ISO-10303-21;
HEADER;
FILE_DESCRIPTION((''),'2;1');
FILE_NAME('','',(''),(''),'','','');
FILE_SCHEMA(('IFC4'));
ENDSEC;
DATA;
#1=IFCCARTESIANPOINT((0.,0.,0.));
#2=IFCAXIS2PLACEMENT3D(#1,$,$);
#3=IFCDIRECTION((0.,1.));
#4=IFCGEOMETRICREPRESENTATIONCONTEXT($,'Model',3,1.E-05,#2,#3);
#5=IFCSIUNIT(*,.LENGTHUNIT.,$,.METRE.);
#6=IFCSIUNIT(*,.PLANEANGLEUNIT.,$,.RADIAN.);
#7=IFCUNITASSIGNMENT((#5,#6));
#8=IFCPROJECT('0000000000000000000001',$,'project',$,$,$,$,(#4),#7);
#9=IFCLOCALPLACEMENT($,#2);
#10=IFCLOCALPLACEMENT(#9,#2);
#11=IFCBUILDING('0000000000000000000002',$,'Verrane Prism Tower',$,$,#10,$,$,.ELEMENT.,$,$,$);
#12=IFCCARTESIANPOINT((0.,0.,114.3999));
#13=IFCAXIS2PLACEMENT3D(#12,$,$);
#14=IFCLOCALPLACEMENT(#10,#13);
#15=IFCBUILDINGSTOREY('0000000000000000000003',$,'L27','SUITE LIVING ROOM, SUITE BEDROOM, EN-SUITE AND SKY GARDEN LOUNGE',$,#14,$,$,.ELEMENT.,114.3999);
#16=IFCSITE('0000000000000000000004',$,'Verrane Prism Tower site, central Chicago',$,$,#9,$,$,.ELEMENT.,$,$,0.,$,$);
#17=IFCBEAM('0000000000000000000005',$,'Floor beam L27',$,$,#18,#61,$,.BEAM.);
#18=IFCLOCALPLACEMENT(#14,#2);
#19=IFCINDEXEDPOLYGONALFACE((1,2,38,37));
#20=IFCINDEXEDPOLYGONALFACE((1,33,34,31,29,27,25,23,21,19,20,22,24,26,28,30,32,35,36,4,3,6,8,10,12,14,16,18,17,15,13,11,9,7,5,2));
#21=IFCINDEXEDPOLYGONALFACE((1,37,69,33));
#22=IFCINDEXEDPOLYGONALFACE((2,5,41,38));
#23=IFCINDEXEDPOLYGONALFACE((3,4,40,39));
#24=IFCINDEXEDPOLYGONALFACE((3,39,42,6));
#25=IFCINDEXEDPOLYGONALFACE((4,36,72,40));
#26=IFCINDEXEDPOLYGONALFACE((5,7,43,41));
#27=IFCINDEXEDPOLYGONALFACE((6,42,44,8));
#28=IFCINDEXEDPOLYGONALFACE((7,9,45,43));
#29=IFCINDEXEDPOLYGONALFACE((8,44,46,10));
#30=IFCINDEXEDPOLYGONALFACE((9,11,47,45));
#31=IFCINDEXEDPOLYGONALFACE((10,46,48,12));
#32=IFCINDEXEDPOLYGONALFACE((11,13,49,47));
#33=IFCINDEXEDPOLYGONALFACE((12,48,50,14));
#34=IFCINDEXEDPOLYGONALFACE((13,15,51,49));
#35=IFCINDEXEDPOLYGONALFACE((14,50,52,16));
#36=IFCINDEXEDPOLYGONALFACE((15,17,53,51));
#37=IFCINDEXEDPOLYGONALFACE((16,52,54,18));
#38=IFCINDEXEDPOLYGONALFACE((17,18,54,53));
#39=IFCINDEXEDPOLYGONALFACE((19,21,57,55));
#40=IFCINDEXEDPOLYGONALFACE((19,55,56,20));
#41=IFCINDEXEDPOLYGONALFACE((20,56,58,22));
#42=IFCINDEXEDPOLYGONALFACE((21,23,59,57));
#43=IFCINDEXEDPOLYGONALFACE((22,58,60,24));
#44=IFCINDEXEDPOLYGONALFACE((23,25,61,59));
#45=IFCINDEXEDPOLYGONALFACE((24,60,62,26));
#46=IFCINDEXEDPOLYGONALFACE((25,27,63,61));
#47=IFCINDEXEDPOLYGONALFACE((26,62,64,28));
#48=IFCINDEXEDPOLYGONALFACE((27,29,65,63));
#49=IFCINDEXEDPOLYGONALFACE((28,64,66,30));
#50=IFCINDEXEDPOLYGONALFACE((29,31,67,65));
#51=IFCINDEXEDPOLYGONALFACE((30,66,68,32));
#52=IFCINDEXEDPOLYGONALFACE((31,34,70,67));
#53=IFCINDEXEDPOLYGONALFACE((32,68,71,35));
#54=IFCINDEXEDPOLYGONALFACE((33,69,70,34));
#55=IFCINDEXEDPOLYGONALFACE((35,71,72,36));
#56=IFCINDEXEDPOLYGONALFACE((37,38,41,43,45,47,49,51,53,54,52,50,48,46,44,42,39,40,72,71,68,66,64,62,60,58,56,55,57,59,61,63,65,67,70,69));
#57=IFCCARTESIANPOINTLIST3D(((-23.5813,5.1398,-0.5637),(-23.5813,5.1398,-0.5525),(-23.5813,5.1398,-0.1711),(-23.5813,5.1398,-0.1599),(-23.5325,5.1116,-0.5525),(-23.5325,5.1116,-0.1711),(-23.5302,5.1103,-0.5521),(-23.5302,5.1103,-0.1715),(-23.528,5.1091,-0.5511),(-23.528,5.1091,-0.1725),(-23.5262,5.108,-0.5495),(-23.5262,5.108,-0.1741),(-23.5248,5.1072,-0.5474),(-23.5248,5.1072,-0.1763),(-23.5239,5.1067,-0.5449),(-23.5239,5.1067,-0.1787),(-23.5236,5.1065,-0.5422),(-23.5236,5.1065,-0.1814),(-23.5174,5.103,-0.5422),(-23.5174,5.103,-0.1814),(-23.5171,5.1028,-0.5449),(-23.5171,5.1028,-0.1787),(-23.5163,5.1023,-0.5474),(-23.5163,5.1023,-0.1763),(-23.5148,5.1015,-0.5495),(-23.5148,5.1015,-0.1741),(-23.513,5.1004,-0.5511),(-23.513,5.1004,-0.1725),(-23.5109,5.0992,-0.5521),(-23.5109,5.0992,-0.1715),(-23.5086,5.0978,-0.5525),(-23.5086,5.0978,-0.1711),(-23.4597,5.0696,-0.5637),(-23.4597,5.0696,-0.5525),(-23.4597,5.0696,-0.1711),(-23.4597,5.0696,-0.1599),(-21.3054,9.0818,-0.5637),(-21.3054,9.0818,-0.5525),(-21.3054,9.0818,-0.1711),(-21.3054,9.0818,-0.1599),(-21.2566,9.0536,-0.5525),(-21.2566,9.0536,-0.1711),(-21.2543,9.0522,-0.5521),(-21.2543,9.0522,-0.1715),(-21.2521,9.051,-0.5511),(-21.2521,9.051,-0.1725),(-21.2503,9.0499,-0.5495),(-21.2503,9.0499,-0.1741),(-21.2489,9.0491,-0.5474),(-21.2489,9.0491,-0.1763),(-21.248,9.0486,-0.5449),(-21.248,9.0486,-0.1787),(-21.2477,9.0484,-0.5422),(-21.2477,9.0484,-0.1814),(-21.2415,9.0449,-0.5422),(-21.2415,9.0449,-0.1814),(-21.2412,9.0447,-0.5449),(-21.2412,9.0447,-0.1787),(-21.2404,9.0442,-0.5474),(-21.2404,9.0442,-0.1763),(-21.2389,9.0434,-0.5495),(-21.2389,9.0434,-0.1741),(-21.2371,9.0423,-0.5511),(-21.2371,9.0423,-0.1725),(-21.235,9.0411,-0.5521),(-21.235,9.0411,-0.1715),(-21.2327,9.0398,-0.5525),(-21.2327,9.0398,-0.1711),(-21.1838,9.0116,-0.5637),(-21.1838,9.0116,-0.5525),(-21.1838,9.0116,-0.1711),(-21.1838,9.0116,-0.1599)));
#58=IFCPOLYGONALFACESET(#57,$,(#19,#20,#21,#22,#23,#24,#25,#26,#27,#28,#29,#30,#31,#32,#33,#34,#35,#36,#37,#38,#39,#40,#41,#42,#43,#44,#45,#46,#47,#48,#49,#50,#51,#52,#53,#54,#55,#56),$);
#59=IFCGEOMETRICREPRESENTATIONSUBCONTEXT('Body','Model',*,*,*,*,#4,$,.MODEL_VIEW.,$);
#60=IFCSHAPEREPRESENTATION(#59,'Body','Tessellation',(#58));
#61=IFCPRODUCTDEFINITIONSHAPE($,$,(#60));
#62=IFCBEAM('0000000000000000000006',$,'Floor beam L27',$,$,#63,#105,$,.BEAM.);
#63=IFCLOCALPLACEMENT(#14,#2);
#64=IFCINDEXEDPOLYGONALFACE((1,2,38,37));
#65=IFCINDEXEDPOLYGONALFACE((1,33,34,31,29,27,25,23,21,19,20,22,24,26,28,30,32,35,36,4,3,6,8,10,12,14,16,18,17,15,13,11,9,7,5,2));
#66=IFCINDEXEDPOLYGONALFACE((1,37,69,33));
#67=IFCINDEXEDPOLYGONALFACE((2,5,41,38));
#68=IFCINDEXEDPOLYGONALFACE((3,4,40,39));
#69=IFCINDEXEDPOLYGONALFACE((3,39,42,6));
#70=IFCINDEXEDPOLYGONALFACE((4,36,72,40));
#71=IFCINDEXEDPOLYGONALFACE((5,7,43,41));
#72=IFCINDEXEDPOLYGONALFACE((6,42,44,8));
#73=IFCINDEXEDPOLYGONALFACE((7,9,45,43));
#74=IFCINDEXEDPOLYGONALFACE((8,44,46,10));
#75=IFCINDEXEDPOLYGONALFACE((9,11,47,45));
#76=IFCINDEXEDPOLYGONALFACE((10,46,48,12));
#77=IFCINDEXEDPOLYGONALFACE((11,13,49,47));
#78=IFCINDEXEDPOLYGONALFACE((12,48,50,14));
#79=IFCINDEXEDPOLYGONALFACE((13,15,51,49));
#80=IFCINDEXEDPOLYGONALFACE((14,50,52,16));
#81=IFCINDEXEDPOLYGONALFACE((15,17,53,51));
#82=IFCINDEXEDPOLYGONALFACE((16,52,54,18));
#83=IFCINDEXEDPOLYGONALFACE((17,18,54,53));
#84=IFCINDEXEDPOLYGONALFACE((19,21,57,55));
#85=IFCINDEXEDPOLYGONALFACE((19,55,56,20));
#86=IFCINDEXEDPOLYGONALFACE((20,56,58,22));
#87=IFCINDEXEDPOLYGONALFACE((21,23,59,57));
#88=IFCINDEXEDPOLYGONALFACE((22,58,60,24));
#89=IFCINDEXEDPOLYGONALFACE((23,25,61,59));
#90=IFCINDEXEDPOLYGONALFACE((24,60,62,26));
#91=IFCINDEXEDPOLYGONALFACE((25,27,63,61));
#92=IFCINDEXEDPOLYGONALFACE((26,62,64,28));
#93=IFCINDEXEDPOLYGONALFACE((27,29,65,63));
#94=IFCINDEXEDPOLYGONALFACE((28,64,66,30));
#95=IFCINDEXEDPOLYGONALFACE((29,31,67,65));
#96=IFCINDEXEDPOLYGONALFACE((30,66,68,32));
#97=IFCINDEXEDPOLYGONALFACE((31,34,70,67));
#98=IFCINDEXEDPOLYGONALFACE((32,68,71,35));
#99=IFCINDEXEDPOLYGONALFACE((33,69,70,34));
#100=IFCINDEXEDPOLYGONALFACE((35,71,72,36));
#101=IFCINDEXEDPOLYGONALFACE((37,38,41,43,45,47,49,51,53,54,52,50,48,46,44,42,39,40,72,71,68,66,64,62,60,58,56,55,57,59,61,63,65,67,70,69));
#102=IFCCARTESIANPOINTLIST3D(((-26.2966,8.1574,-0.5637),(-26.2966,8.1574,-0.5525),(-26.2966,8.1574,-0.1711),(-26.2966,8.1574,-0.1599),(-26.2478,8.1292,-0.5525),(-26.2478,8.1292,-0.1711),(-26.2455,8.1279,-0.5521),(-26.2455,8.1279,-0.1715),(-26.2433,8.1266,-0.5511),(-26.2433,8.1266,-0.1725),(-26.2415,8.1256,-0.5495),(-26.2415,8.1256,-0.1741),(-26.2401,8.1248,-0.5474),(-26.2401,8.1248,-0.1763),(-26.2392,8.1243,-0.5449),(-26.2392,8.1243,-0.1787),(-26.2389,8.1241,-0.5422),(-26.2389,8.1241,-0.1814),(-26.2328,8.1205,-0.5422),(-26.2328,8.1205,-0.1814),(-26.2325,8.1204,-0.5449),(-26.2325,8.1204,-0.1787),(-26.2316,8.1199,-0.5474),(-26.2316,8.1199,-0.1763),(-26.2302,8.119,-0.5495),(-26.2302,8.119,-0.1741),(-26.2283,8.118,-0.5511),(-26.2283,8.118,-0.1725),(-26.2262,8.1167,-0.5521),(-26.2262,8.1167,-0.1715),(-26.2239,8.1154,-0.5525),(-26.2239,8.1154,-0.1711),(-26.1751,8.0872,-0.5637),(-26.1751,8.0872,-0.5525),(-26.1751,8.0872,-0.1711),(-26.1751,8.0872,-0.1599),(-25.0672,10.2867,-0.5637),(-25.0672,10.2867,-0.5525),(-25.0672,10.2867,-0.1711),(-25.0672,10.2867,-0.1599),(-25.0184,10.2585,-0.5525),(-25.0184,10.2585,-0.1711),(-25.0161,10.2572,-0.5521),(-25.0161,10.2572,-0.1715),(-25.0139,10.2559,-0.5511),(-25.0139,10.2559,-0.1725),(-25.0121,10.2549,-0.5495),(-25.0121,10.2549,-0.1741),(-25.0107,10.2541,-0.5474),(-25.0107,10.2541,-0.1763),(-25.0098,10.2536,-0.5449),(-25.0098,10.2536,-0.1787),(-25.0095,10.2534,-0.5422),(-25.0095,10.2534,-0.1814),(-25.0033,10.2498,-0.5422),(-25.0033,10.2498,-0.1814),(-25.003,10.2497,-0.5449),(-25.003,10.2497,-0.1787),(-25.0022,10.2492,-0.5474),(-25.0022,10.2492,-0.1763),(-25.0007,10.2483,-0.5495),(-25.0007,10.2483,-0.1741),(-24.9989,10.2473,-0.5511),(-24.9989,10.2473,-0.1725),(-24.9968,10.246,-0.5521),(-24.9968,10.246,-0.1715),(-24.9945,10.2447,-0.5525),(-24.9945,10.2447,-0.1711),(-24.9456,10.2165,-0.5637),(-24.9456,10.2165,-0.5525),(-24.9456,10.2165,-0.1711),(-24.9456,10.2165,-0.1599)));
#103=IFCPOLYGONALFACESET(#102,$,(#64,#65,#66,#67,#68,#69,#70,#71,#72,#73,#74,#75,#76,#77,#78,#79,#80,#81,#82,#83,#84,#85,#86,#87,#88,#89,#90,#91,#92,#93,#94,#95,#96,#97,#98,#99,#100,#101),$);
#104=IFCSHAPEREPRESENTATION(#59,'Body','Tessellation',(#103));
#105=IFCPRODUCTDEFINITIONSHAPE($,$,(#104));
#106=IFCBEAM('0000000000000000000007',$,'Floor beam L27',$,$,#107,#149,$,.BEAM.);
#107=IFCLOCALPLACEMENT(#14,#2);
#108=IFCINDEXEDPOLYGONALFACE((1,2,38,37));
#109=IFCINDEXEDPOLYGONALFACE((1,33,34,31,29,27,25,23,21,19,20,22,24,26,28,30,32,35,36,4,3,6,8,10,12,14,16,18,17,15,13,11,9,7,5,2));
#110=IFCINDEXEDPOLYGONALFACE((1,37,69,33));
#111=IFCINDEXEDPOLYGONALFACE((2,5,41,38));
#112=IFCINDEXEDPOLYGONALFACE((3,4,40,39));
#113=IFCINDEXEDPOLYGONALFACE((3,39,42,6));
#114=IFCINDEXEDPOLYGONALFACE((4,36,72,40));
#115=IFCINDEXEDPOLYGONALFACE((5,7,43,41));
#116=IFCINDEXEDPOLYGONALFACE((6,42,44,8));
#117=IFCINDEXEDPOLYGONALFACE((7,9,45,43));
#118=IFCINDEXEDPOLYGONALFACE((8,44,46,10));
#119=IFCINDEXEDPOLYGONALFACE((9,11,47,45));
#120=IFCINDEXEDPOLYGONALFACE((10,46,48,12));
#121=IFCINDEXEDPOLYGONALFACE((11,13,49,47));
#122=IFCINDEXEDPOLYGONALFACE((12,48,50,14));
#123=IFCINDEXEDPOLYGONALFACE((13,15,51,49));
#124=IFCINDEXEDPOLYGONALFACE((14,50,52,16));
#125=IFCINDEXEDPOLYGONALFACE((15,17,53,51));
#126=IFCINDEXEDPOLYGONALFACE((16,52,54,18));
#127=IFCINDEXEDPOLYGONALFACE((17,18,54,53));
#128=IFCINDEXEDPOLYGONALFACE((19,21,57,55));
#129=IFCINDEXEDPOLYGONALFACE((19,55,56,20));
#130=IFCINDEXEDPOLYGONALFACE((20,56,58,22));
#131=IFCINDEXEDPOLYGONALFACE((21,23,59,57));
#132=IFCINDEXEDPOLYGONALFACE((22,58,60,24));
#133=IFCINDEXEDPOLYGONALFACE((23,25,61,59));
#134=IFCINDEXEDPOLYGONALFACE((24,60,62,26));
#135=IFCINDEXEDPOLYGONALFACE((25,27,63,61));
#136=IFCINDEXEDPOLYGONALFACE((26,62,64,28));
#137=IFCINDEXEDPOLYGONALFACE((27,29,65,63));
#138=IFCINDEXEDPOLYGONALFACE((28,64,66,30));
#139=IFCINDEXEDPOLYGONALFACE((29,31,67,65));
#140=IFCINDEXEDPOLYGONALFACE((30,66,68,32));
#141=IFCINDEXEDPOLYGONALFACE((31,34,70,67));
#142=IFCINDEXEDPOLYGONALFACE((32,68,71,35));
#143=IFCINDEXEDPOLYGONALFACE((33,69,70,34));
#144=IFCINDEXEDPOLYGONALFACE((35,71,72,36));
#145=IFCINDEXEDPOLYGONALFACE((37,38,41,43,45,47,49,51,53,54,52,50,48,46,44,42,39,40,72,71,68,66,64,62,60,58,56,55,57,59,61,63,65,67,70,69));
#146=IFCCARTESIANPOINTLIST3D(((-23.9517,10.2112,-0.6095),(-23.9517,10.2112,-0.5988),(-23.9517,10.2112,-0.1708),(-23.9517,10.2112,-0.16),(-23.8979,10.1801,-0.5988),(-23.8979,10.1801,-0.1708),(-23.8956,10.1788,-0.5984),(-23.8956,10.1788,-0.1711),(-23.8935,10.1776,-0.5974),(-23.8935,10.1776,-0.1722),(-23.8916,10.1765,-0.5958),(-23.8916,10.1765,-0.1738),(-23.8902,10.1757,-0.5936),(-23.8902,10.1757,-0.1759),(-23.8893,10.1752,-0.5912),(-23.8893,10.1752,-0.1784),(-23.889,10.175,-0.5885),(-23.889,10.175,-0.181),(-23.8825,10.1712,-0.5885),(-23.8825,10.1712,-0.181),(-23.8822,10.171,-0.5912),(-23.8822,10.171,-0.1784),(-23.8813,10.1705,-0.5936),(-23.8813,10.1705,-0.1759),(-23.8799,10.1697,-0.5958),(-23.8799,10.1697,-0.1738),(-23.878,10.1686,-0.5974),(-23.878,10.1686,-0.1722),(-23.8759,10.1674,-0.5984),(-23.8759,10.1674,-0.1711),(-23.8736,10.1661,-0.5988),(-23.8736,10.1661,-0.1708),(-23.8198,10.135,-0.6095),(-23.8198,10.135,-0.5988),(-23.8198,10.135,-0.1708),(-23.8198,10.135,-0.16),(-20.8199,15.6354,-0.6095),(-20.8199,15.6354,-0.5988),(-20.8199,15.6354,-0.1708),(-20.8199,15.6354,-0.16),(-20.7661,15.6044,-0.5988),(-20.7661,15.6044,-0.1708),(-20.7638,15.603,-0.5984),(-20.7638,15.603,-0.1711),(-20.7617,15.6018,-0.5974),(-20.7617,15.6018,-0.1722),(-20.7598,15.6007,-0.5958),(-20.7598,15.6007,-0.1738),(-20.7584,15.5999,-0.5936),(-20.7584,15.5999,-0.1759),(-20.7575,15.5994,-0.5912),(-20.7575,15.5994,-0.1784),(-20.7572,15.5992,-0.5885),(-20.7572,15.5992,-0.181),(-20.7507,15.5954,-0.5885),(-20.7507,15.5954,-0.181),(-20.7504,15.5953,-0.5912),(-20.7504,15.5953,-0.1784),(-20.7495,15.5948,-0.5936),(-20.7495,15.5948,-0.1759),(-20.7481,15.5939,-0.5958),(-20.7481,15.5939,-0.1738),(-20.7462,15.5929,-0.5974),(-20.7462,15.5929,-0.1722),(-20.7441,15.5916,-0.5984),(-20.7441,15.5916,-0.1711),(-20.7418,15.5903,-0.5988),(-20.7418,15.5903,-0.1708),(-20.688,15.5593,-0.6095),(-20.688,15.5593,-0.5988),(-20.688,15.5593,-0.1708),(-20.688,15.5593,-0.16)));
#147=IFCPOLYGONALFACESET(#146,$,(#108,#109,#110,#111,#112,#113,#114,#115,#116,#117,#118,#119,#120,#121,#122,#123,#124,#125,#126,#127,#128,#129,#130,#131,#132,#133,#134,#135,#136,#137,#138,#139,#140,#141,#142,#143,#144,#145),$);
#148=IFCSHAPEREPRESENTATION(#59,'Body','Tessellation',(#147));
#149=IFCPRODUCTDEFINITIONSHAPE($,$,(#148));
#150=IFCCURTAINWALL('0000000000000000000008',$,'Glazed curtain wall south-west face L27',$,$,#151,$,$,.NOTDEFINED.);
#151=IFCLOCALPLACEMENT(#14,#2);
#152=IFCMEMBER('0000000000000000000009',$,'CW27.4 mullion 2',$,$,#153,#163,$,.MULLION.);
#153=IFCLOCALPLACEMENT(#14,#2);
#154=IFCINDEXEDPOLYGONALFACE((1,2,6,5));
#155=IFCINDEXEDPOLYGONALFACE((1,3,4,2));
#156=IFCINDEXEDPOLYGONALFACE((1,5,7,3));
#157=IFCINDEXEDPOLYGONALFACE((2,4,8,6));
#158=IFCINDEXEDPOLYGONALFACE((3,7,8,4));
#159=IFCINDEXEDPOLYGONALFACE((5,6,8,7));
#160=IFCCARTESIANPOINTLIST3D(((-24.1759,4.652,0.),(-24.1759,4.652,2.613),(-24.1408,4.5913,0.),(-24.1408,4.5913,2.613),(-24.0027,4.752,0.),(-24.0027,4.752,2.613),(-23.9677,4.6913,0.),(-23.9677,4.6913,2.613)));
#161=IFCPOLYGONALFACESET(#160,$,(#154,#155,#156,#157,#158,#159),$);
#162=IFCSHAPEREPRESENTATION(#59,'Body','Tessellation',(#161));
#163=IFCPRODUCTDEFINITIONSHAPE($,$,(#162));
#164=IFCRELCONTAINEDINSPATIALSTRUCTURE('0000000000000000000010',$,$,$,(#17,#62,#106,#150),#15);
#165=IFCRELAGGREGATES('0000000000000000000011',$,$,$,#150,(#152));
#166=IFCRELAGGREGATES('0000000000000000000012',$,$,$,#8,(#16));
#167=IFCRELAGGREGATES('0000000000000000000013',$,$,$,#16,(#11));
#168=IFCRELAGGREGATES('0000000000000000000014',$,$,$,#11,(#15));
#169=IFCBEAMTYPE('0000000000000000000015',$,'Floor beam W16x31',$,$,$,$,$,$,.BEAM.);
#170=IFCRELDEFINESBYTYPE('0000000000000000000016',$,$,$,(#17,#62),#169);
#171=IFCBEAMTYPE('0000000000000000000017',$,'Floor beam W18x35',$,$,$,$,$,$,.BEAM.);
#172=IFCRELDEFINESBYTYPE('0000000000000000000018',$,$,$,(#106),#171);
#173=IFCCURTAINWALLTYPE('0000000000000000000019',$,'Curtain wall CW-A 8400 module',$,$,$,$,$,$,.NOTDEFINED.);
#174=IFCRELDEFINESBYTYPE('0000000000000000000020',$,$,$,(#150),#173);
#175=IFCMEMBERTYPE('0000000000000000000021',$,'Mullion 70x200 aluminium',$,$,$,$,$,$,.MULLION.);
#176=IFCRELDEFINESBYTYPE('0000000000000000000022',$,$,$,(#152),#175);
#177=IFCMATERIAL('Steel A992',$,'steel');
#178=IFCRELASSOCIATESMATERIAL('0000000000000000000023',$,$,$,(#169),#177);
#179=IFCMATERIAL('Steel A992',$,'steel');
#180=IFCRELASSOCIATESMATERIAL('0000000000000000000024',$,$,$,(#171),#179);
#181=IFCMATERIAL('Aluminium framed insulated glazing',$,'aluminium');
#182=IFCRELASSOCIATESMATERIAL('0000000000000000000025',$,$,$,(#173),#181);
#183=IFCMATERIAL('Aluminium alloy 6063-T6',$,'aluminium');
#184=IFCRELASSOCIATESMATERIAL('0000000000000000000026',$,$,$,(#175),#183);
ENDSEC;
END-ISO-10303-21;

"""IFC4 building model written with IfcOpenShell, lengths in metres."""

from ifc_helpers import new_model, si_unit, direction, frame, origin, origin_2d, place, context, subcontext, project, spatial, rectangle, i_section, extrude, material, material_profile, profile_set, type_object, element, aggregate, save


model = new_model("IFC4")

# Units and contexts
model_context = context("Model", 3, precision=1e-05, world=origin(), true_north=direction((0.0, 1.0)))
body_context = subcontext(model_context, "Body", "Model", "MODEL_VIEW")
ifc_project = project(units=[si_unit("LENGTHUNIT", "METRE"), si_unit("PLANEANGLEUNIT", "RADIAN")], contexts=[model_context])

# Site, building, storey
site_placement = place(None, origin())
site = spatial("IfcSite", under=ifc_project, at=site_placement, Name="Verrane Prism Tower site, central Chicago", CompositionType="ELEMENT", RefElevation=0.0)
building_placement = place(site_placement, origin())
building = spatial("IfcBuilding", under=site, at=building_placement, Name="Verrane Prism Tower", CompositionType="ELEMENT")
storey_placement = place(building_placement, frame((0.0, 0.0, 114.3999)))
storey = spatial("IfcBuildingStorey", under=building, at=storey_placement, Name="L27", Description="SUITE LIVING ROOM, SUITE BEDROOM, EN-SUITE AND SKY GARDEN LOUNGE", CompositionType="ELEMENT", Elevation=114.3999)

# Beams
ifc_material_1 = material(Name="Steel A992", Category="steel")
ifc_material_profile_1 = material_profile(ifc_material_1, i_section(OverallWidth=0.1404, OverallDepth=0.4038, WebThickness=0.0071, FlangeThickness=0.0112, FilletRadius=0.0103, at=origin_2d()), Name="W16x31")
ifc_profile_set_1 = profile_set([ifc_material_profile_1], Name="Steel A992")
beam_type_1 = type_object("IfcBeamType", Name="Floor beam W16x31", PredefinedType="BEAM", material=ifc_profile_set_1)
beam_1_placement = place(storey_placement, frame((-23.5205, 5.1047, -0.3618), z_axis=(0.500004, 0.866023, 0.0), x_axis=(-0.866023, 0.500004, 0.0)))
element("IfcBeam", 1, at=beam_1_placement, inside=storey, type_object=beam_type_1, Name="Floor beam L27", PredefinedType="BEAM", context=body_context, shape_type="SweptSolid", body=[
    extrude(i_section(OverallWidth=0.1404, OverallDepth=0.4038, WebThickness=0.0071, FlangeThickness=0.0112, FilletRadius=0.0103, at=origin_2d()), origin(), (0.0, 0.0, 1.0), 4.5518),
])
beam_2_placement = place(storey_placement, frame((-26.2358, 8.1223, -0.3618), z_axis=(0.500026, 0.86601, 0.0), x_axis=(-0.86601, 0.500026, 0.0)))
element("IfcBeam", 2, at=beam_2_placement, inside=storey, type_object=beam_type_1, Name="Floor beam L27", PredefinedType="BEAM", context=body_context, shape_type="SweptSolid", body=[
    extrude(i_section(OverallWidth=0.1404, OverallDepth=0.4038, WebThickness=0.0071, FlangeThickness=0.0112, FilletRadius=0.0103, at=origin_2d()), origin(), (0.0, 0.0, 1.0), 2.4587),
])
ifc_material_2 = material(Name="Steel A992", Category="steel")
ifc_material_profile_2 = material_profile(ifc_material_2, i_section(OverallWidth=0.1523, OverallDepth=0.4495, WebThickness=0.0076, FlangeThickness=0.0107, FilletRadius=0.0103, at=origin_2d()), Name="W18x35")
ifc_profile_set_2 = profile_set([ifc_material_profile_2], Name="Steel A992")
beam_type_2 = type_object("IfcBeamType", Name="Floor beam W18x35", PredefinedType="BEAM", material=ifc_profile_set_2)
beam_3_placement = place(storey_placement, frame((-23.8857, 10.1731, -0.3848), z_axis=(0.500013, 0.866018, 0.0), x_axis=(-0.866018, 0.500013, 0.0)))
element("IfcBeam", 3, at=beam_3_placement, inside=storey, type_object=beam_type_2, Name="Floor beam L27", PredefinedType="BEAM", context=body_context, shape_type="SweptSolid", body=[
    extrude(i_section(OverallWidth=0.1523, OverallDepth=0.4495, WebThickness=0.0076, FlangeThickness=0.0107, FilletRadius=0.0103, at=origin_2d()), origin(), (0.0, 0.0, 1.0), 6.2634),
])

# Curtain wall, member
ifc_material_3 = material(Name="Aluminium framed insulated glazing", Category="aluminium")
curtain_wall_type = type_object("IfcCurtainWallType", Name="Curtain wall CW-A 8400 module", PredefinedType="NOTDEFINED", material=ifc_material_3)
curtain_wall_placement = place(storey_placement, origin())
curtain_wall = element("IfcCurtainWall", 4, at=curtain_wall_placement, inside=storey, type_object=curtain_wall_type, Name="Glazed curtain wall south-west face L27", PredefinedType="NOTDEFINED")
ifc_material_4 = material(Name="Aluminium alloy 6063-T6", Category="aluminium")
ifc_material_profile_3 = material_profile(ifc_material_4, rectangle(XDim=0.2, YDim=0.0701, at=origin_2d()), Name="Mullion 70x200 aluminium")
ifc_profile_set_3 = profile_set([ifc_material_profile_3], Name="Aluminium alloy 6063-T6")
member_type_1 = type_object("IfcMemberType", Name="Mullion 70x200 aluminium", PredefinedType="MULLION", material=ifc_profile_set_3)
member_1_placement = place(storey_placement, frame((-24.0718, 4.6716, 0.0), z_axis=(0.0, 0.0, 1.0), x_axis=(0.866026, 0.499999, 0.0)))
member_1 = element("IfcMember", 5, at=member_1_placement, type_object=member_type_1, Name="CW27.4 mullion 2", PredefinedType="MULLION", context=body_context, shape_type="SweptSolid", body=[
    extrude(rectangle(XDim=0.2, YDim=0.0701, at=origin_2d()), origin(), (0.0, 0.0, 1.0), 2.613),
])

aggregate(curtain_wall, [member_1])

save(model, "model.ifc")
